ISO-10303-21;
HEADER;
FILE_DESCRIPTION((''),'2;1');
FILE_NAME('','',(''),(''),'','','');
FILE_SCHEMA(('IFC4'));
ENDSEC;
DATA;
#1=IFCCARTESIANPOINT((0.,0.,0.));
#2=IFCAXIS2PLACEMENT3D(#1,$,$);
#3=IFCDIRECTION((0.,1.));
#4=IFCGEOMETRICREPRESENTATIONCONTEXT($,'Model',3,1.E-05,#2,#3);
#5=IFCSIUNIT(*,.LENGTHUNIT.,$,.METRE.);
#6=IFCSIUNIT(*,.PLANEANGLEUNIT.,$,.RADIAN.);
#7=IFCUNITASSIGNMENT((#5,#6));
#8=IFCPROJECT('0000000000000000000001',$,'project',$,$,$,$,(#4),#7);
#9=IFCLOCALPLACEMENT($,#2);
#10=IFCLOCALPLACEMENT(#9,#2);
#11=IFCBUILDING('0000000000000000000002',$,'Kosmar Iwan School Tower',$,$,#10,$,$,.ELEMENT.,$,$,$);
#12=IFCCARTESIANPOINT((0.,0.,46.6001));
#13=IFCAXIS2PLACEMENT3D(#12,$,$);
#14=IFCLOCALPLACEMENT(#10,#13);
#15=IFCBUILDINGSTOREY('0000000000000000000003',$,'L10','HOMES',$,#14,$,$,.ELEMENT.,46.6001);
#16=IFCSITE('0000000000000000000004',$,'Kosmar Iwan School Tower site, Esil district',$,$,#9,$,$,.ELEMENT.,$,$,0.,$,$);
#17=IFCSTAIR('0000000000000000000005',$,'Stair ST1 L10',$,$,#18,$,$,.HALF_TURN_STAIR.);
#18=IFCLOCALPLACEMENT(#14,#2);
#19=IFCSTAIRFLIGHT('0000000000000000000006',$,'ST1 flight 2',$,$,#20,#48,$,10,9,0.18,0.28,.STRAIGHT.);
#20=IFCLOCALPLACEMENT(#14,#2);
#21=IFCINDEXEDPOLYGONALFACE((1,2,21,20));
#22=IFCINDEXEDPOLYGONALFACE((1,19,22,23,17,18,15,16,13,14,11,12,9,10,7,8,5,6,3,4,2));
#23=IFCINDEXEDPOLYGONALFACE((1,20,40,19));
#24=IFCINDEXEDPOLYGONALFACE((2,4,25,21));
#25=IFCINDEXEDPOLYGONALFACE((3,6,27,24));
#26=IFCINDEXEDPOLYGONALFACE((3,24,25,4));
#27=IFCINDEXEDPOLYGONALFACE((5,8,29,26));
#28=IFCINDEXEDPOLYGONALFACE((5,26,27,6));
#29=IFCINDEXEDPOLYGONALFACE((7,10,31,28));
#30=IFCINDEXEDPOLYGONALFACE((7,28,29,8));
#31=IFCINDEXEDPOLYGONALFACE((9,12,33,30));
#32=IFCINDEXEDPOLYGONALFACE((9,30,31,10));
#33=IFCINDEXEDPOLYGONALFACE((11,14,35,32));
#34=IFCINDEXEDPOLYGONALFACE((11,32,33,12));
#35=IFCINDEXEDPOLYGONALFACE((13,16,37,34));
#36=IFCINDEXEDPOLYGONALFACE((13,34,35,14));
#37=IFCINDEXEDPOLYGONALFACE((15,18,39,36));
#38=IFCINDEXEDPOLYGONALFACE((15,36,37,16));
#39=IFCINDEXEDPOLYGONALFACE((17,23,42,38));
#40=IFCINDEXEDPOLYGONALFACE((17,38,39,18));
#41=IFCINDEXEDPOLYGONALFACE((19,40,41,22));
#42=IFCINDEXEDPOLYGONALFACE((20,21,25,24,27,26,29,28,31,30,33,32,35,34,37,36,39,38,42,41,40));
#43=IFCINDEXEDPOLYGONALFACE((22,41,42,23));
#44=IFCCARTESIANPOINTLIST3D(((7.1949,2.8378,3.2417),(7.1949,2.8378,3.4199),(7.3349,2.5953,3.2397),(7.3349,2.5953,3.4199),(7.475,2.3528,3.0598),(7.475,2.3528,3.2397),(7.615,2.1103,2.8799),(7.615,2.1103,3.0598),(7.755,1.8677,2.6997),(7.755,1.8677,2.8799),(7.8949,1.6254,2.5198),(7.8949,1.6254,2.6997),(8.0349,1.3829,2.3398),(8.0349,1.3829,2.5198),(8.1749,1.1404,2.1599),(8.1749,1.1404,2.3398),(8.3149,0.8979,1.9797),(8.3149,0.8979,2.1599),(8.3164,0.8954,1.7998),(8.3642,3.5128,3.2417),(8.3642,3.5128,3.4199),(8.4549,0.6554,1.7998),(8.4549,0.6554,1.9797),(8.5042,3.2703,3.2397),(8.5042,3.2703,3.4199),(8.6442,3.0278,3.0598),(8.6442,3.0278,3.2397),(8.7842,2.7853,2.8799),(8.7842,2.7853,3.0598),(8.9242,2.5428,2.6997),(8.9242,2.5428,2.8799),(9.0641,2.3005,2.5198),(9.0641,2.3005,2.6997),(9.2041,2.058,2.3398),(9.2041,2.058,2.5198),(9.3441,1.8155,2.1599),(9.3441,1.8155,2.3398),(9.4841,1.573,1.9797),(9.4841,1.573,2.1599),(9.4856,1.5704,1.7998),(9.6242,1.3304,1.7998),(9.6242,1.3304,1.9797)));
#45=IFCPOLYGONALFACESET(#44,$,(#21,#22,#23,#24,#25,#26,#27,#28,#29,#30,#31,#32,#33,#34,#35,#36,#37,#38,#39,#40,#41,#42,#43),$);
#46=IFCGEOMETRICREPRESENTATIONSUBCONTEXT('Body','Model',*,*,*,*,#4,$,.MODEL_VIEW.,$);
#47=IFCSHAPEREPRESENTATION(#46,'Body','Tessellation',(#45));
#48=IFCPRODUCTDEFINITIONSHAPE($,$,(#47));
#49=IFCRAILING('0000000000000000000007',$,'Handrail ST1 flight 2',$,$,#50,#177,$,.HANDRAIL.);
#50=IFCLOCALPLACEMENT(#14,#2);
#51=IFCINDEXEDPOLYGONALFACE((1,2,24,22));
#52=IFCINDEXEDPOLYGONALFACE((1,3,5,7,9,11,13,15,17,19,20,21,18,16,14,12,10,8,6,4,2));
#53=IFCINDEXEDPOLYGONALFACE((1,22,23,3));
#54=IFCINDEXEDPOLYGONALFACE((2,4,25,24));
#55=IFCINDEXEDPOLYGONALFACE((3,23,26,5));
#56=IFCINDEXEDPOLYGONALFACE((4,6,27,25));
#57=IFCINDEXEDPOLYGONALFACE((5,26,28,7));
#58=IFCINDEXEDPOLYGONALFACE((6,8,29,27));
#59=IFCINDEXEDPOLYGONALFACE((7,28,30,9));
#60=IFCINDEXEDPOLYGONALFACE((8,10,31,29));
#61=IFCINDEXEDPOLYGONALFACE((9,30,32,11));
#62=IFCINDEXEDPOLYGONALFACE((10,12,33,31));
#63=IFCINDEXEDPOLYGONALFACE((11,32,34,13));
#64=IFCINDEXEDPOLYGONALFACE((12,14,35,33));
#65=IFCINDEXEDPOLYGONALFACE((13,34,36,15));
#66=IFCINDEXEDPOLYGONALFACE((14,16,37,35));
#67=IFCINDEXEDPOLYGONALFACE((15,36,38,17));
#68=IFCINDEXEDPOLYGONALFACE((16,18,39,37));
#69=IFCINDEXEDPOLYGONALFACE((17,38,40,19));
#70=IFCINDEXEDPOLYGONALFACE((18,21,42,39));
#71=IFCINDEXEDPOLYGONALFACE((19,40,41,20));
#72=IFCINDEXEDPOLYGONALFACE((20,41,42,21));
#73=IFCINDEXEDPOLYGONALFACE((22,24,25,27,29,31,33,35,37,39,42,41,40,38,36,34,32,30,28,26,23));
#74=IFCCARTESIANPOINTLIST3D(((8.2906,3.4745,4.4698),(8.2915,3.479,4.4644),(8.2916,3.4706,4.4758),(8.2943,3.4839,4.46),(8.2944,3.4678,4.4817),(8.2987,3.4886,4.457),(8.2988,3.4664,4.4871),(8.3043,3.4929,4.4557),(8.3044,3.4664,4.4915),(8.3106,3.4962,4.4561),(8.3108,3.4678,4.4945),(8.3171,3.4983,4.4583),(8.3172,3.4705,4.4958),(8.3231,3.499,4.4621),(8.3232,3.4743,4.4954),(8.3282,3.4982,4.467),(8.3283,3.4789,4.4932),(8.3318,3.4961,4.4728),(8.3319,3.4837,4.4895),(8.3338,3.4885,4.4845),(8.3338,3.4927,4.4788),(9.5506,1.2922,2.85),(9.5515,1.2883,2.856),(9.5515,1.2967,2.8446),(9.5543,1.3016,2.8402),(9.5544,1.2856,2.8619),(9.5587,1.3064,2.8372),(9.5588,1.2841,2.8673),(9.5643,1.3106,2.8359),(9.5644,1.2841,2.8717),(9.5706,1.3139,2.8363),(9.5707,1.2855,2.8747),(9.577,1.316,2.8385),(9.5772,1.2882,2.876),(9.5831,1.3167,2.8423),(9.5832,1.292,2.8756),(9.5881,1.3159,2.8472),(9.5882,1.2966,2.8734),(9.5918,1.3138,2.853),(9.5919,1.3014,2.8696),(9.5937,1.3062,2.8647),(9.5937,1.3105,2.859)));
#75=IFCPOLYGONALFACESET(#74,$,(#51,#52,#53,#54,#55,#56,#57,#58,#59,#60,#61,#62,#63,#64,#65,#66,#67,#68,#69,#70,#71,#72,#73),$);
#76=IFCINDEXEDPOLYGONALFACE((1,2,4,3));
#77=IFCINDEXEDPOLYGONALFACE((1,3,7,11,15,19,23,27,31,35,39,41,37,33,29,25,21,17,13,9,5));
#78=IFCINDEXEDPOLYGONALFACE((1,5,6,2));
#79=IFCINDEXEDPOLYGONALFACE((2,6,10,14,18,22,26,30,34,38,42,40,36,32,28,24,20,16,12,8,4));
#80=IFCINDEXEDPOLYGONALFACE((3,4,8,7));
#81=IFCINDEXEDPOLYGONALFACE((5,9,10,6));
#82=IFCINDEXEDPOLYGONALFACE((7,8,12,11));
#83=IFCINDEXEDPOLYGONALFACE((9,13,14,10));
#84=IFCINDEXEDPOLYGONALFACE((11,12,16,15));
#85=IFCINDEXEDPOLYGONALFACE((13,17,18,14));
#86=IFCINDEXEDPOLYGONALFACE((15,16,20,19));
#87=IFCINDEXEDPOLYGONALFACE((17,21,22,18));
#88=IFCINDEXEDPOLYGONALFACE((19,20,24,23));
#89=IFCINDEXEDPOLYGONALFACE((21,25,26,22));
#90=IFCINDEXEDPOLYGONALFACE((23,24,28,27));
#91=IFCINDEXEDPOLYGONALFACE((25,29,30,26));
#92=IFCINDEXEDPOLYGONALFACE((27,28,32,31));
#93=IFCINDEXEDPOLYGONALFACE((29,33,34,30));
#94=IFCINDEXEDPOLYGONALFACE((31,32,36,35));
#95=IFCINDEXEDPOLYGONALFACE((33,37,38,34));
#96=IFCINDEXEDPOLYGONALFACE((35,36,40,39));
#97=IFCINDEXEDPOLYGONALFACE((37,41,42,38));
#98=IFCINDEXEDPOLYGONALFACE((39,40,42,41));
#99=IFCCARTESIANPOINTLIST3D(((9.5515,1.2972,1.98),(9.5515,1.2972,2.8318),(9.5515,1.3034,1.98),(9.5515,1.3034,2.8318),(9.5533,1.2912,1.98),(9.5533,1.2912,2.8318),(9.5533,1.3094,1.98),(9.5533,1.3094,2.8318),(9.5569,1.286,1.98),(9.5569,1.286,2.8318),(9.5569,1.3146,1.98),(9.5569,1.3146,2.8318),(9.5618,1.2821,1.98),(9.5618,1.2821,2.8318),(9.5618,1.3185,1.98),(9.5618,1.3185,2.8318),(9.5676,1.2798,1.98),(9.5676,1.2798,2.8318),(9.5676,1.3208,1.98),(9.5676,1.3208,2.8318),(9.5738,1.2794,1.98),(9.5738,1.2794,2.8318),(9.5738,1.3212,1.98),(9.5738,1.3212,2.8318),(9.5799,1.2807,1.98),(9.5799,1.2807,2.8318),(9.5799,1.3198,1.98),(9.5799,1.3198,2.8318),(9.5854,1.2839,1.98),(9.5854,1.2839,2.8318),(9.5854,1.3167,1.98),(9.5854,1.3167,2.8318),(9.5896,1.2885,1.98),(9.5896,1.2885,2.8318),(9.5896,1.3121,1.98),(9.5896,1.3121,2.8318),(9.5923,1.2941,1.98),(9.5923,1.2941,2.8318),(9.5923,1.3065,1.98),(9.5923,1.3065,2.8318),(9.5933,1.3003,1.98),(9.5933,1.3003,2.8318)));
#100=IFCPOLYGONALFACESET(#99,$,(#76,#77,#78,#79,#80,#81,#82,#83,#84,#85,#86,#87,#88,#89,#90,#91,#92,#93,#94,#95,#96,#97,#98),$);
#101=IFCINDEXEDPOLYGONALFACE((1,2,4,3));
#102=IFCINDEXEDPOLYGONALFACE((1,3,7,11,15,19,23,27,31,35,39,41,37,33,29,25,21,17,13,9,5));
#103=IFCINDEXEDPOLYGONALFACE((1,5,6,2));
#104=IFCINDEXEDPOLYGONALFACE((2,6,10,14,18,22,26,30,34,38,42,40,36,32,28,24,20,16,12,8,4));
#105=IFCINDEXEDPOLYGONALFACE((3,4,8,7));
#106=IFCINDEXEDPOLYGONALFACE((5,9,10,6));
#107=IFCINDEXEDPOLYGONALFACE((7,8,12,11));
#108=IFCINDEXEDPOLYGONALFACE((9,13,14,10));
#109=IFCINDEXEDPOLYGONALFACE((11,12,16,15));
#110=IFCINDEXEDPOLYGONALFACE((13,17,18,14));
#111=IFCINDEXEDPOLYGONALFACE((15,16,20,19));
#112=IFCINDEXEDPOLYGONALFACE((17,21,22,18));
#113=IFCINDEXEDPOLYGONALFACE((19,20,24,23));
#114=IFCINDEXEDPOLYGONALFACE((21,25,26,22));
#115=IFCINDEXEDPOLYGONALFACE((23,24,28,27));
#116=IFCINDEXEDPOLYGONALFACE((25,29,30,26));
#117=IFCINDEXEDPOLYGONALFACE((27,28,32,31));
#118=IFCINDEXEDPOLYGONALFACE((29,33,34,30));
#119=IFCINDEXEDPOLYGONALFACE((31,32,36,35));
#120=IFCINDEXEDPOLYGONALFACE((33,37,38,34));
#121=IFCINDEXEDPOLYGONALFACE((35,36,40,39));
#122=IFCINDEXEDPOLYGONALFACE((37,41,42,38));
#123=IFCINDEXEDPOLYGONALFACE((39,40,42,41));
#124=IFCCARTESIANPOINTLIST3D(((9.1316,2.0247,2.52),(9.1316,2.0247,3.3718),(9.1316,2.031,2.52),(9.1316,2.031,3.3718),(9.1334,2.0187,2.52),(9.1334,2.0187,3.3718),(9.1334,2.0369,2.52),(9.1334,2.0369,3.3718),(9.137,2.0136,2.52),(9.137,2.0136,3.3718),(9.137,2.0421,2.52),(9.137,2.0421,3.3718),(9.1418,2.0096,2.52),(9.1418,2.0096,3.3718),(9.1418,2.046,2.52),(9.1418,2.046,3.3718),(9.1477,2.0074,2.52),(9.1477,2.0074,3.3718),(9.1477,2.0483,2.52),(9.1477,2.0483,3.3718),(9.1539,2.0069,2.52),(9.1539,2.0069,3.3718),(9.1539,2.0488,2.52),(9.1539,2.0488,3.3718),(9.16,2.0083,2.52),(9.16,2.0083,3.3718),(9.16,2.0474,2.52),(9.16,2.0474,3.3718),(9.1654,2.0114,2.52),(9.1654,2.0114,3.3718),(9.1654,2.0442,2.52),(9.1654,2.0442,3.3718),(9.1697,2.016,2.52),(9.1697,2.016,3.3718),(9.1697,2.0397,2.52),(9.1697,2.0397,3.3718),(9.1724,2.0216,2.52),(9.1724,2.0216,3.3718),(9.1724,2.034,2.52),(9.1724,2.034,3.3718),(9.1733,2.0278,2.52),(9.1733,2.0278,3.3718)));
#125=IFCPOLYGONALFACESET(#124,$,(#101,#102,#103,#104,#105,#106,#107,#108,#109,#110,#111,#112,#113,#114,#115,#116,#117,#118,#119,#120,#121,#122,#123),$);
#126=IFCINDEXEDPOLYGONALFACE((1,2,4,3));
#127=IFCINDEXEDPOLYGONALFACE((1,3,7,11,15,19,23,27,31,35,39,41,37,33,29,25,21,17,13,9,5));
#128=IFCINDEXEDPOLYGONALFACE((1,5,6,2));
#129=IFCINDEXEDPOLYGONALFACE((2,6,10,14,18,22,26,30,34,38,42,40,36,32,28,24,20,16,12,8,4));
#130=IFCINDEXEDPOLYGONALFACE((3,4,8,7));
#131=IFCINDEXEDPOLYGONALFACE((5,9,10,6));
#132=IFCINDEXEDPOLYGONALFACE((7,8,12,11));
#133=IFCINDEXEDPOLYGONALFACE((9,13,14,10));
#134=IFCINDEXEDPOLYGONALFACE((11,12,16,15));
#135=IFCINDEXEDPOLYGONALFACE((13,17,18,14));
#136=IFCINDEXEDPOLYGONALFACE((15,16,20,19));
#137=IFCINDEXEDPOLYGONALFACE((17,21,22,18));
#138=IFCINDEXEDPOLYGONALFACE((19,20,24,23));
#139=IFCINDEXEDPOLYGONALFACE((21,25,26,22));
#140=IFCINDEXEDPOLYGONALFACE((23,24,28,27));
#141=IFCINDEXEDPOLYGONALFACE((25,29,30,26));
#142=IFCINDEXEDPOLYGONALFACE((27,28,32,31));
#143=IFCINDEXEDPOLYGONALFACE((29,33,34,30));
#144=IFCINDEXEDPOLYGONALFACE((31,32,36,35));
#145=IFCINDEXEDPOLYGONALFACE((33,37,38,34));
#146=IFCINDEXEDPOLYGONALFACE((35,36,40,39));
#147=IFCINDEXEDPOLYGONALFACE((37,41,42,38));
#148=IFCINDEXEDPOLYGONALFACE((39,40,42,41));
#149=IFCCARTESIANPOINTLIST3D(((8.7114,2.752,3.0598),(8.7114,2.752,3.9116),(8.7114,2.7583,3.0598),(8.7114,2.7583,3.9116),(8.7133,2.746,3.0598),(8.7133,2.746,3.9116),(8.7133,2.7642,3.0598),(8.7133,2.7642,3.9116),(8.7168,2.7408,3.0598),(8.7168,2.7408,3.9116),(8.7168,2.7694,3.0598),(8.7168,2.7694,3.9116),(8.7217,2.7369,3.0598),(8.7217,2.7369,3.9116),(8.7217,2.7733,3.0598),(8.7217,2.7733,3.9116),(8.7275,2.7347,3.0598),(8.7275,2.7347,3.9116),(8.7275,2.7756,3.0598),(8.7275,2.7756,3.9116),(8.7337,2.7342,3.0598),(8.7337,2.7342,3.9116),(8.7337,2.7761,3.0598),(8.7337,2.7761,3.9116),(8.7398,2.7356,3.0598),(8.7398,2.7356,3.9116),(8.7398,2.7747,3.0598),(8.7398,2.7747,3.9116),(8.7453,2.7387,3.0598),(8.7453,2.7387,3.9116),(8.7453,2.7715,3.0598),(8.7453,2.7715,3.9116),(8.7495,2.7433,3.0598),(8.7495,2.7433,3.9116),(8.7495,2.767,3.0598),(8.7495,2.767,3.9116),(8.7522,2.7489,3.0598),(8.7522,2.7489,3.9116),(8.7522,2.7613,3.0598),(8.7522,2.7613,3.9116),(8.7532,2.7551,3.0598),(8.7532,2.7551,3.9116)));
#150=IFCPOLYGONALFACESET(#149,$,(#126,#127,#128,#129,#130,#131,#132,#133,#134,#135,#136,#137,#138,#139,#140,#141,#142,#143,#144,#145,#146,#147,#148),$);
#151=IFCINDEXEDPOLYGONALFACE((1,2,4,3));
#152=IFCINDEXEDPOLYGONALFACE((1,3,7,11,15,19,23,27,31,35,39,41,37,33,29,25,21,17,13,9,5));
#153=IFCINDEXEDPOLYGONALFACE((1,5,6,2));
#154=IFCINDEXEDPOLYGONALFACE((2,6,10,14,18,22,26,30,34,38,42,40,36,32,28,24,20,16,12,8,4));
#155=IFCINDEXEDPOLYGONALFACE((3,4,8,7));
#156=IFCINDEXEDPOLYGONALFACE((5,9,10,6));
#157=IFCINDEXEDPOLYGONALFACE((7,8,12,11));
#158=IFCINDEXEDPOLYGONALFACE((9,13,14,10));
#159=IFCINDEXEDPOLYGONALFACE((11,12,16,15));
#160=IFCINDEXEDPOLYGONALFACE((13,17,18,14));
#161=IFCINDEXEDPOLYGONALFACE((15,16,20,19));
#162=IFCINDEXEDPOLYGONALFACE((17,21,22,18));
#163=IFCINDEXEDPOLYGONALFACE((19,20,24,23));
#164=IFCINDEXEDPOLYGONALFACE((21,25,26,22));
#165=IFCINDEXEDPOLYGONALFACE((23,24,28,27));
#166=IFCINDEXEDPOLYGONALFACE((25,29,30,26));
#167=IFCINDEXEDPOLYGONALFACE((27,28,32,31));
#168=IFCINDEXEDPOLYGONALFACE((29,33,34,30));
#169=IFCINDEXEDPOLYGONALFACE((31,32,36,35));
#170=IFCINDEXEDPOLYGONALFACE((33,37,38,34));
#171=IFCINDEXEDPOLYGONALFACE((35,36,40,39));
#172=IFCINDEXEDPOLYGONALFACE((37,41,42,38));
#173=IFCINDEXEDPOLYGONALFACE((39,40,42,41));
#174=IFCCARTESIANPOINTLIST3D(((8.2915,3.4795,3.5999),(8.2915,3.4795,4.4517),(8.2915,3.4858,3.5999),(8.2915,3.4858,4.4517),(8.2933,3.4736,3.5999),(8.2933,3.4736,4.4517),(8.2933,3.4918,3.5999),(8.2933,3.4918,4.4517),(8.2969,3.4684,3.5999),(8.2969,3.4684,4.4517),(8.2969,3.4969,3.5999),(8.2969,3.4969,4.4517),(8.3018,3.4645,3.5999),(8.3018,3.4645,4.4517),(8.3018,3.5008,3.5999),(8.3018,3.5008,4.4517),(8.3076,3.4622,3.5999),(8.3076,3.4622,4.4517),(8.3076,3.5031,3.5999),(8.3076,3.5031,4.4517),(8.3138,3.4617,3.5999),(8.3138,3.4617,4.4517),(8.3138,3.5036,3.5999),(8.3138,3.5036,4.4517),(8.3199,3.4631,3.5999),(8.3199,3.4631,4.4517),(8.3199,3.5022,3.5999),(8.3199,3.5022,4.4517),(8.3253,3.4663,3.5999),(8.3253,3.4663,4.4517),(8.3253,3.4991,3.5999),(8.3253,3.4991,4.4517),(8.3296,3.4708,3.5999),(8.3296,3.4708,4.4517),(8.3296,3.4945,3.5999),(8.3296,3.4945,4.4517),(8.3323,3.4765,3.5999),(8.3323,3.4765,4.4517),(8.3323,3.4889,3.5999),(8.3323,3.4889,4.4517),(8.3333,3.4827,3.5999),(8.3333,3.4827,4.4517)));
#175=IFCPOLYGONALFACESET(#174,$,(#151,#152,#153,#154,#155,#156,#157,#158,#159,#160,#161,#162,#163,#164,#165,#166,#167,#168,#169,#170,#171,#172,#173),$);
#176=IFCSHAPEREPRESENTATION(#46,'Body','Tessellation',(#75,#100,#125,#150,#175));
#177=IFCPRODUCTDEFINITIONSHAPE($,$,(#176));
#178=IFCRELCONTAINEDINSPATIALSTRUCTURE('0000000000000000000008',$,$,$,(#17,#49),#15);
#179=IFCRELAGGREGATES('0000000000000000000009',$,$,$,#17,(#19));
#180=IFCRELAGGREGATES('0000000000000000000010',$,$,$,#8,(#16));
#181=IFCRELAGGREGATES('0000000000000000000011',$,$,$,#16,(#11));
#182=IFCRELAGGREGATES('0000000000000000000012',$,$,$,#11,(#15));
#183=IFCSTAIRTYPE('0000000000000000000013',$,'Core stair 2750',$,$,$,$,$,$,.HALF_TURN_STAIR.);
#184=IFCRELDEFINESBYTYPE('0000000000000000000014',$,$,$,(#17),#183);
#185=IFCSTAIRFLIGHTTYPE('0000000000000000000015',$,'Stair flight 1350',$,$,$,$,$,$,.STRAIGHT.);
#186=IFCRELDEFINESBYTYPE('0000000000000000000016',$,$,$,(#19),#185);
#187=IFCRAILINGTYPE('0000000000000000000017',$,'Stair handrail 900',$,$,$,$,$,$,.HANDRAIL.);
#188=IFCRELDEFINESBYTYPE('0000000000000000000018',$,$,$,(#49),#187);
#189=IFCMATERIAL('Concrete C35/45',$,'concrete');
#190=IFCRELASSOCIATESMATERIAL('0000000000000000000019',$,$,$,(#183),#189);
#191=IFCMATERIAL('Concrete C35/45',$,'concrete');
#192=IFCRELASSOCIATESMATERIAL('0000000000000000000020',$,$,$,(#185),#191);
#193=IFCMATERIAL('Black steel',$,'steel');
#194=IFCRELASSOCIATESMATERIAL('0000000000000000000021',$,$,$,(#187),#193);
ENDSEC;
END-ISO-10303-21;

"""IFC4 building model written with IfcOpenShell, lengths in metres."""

from ifc_helpers import new_model, si_unit, direction, frame, origin, origin_2d, place, context, subcontext, project, spatial, polyline, circle, outline, extrude, material, type_object, element, aggregate, save


model = new_model("IFC4")

# Units and contexts
model_context = context("Model", 3, precision=1e-05, world=origin(), true_north=direction((0.0, 1.0)))
body_context = subcontext(model_context, "Body", "Model", "MODEL_VIEW")
ifc_project = project(units=[si_unit("LENGTHUNIT", "METRE"), si_unit("PLANEANGLEUNIT", "RADIAN")], contexts=[model_context])

# Site, building, storey
site_placement = place(None, origin())
site = spatial("IfcSite", under=ifc_project, at=site_placement, Name="Kosmar Iwan School Tower site, Esil district", CompositionType="ELEMENT", RefElevation=0.0)
building_placement = place(site_placement, origin())
building = spatial("IfcBuilding", under=site, at=building_placement, Name="Kosmar Iwan School Tower", CompositionType="ELEMENT")
storey_placement = place(building_placement, frame((0.0, 0.0, 46.6001)))
storey = spatial("IfcBuildingStorey", under=building, at=storey_placement, Name="L10", Description="HOMES", CompositionType="ELEMENT", Elevation=46.6001)

# Stair, stair flight
ifc_material_1 = material(Name="Concrete C35/45", Category="concrete")
stair_type = type_object("IfcStairType", Name="Core stair 2750", PredefinedType="HALF_TURN_STAIR", material=ifc_material_1)
stair_placement = place(storey_placement, origin())
stair = element("IfcStair", 1, at=stair_placement, inside=storey, type_object=stair_type, Name="Stair ST1 L10", PredefinedType="HALF_TURN_STAIR")
ifc_material_2 = material(Name="Concrete C35/45", Category="concrete")
stair_flight_type = type_object("IfcStairFlightType", Name="Stair flight 1350", PredefinedType="STRAIGHT", material=ifc_material_2)
stair_flight_placement = place(storey_placement, frame((9.0396, 0.9929, 1.7998), z_axis=(0.0, 0.0, 1.0), x_axis=(-0.5, 0.866025, 0.0)))
stair_flight = element("IfcStairFlight", 2, at=stair_flight_placement, type_object=stair_flight_type, Name="ST1 flight 2", NumberOfRisers=10, NumberOfTreads=9, PredefinedType="STRAIGHT", RiserHeight=0.18, TreadLength=0.28, context=body_context, shape_type="SweptSolid", body=[
    extrude(outline(polyline([(0.0, 0.0), (0.0, 0.1799), (0.28, 0.1799), (0.28, 0.3601), (0.5601, 0.3601), (0.5601, 0.54), (0.8401, 0.54), (0.8401, 0.72), (1.1201, 0.72), (1.1201, 0.8999), (1.3999, 0.8999), (1.3999, 1.0801), (1.6799, 1.0801), (1.6799, 1.26), (1.96, 1.26), (1.96, 1.4399), (2.24, 1.4399), (2.24, 1.6201), (2.52, 1.6201), (2.52, 1.8), (2.52, 1.4419), (0.2771, 0.0), (0.0, 0.0)])), frame((0.0, 0.675, 0.0), z_axis=(0.0, -1.0, 0.0), x_axis=(1.0, 0.0, 0.0)), (0.0, 0.0, 1.0), 1.3501),
])
aggregate(stair, [stair_flight])

# Railing
ifc_material_3 = material(Name="Black steel", Category="steel")
railing_type = type_object("IfcRailingType", Name="Stair handrail 900", PredefinedType="HANDRAIL", material=ifc_material_3)
railing_placement = place(storey_placement, frame((9.5723, 1.3003, 1.98)))
element("IfcRailing", 3, at=railing_placement, inside=storey, type_object=railing_type, Name="Handrail ST1 flight 2", PredefinedType="HANDRAIL", context=body_context, shape_type="SweptSolid", body=[
    extrude(circle(Radius=0.0239, at=origin_2d()), frame((0.0, 0.0, 0.876), z_axis=(-0.420603, 0.728496, 0.540728), x_axis=(-0.866023, -0.500005, 0.0)), (0.0, 0.0, 1.0), 2.9956),
    extrude(circle(Radius=0.021, at=origin_2d()), origin(), (0.0, 0.0, 1.0), 0.8518),
    extrude(circle(Radius=0.021, at=origin_2d()), frame((-0.4199, 0.7275, 0.54)), (0.0, 0.0, 1.0), 0.8518),
    extrude(circle(Radius=0.021, at=origin_2d()), frame((-0.8401, 1.4548, 1.0798)), (0.0, 0.0, 1.0), 0.8518),
    extrude(circle(Radius=0.021, at=origin_2d()), frame((-1.26, 2.1824, 1.6199)), (0.0, 0.0, 1.0), 0.8518),
])

save(model, "model.ifc")
